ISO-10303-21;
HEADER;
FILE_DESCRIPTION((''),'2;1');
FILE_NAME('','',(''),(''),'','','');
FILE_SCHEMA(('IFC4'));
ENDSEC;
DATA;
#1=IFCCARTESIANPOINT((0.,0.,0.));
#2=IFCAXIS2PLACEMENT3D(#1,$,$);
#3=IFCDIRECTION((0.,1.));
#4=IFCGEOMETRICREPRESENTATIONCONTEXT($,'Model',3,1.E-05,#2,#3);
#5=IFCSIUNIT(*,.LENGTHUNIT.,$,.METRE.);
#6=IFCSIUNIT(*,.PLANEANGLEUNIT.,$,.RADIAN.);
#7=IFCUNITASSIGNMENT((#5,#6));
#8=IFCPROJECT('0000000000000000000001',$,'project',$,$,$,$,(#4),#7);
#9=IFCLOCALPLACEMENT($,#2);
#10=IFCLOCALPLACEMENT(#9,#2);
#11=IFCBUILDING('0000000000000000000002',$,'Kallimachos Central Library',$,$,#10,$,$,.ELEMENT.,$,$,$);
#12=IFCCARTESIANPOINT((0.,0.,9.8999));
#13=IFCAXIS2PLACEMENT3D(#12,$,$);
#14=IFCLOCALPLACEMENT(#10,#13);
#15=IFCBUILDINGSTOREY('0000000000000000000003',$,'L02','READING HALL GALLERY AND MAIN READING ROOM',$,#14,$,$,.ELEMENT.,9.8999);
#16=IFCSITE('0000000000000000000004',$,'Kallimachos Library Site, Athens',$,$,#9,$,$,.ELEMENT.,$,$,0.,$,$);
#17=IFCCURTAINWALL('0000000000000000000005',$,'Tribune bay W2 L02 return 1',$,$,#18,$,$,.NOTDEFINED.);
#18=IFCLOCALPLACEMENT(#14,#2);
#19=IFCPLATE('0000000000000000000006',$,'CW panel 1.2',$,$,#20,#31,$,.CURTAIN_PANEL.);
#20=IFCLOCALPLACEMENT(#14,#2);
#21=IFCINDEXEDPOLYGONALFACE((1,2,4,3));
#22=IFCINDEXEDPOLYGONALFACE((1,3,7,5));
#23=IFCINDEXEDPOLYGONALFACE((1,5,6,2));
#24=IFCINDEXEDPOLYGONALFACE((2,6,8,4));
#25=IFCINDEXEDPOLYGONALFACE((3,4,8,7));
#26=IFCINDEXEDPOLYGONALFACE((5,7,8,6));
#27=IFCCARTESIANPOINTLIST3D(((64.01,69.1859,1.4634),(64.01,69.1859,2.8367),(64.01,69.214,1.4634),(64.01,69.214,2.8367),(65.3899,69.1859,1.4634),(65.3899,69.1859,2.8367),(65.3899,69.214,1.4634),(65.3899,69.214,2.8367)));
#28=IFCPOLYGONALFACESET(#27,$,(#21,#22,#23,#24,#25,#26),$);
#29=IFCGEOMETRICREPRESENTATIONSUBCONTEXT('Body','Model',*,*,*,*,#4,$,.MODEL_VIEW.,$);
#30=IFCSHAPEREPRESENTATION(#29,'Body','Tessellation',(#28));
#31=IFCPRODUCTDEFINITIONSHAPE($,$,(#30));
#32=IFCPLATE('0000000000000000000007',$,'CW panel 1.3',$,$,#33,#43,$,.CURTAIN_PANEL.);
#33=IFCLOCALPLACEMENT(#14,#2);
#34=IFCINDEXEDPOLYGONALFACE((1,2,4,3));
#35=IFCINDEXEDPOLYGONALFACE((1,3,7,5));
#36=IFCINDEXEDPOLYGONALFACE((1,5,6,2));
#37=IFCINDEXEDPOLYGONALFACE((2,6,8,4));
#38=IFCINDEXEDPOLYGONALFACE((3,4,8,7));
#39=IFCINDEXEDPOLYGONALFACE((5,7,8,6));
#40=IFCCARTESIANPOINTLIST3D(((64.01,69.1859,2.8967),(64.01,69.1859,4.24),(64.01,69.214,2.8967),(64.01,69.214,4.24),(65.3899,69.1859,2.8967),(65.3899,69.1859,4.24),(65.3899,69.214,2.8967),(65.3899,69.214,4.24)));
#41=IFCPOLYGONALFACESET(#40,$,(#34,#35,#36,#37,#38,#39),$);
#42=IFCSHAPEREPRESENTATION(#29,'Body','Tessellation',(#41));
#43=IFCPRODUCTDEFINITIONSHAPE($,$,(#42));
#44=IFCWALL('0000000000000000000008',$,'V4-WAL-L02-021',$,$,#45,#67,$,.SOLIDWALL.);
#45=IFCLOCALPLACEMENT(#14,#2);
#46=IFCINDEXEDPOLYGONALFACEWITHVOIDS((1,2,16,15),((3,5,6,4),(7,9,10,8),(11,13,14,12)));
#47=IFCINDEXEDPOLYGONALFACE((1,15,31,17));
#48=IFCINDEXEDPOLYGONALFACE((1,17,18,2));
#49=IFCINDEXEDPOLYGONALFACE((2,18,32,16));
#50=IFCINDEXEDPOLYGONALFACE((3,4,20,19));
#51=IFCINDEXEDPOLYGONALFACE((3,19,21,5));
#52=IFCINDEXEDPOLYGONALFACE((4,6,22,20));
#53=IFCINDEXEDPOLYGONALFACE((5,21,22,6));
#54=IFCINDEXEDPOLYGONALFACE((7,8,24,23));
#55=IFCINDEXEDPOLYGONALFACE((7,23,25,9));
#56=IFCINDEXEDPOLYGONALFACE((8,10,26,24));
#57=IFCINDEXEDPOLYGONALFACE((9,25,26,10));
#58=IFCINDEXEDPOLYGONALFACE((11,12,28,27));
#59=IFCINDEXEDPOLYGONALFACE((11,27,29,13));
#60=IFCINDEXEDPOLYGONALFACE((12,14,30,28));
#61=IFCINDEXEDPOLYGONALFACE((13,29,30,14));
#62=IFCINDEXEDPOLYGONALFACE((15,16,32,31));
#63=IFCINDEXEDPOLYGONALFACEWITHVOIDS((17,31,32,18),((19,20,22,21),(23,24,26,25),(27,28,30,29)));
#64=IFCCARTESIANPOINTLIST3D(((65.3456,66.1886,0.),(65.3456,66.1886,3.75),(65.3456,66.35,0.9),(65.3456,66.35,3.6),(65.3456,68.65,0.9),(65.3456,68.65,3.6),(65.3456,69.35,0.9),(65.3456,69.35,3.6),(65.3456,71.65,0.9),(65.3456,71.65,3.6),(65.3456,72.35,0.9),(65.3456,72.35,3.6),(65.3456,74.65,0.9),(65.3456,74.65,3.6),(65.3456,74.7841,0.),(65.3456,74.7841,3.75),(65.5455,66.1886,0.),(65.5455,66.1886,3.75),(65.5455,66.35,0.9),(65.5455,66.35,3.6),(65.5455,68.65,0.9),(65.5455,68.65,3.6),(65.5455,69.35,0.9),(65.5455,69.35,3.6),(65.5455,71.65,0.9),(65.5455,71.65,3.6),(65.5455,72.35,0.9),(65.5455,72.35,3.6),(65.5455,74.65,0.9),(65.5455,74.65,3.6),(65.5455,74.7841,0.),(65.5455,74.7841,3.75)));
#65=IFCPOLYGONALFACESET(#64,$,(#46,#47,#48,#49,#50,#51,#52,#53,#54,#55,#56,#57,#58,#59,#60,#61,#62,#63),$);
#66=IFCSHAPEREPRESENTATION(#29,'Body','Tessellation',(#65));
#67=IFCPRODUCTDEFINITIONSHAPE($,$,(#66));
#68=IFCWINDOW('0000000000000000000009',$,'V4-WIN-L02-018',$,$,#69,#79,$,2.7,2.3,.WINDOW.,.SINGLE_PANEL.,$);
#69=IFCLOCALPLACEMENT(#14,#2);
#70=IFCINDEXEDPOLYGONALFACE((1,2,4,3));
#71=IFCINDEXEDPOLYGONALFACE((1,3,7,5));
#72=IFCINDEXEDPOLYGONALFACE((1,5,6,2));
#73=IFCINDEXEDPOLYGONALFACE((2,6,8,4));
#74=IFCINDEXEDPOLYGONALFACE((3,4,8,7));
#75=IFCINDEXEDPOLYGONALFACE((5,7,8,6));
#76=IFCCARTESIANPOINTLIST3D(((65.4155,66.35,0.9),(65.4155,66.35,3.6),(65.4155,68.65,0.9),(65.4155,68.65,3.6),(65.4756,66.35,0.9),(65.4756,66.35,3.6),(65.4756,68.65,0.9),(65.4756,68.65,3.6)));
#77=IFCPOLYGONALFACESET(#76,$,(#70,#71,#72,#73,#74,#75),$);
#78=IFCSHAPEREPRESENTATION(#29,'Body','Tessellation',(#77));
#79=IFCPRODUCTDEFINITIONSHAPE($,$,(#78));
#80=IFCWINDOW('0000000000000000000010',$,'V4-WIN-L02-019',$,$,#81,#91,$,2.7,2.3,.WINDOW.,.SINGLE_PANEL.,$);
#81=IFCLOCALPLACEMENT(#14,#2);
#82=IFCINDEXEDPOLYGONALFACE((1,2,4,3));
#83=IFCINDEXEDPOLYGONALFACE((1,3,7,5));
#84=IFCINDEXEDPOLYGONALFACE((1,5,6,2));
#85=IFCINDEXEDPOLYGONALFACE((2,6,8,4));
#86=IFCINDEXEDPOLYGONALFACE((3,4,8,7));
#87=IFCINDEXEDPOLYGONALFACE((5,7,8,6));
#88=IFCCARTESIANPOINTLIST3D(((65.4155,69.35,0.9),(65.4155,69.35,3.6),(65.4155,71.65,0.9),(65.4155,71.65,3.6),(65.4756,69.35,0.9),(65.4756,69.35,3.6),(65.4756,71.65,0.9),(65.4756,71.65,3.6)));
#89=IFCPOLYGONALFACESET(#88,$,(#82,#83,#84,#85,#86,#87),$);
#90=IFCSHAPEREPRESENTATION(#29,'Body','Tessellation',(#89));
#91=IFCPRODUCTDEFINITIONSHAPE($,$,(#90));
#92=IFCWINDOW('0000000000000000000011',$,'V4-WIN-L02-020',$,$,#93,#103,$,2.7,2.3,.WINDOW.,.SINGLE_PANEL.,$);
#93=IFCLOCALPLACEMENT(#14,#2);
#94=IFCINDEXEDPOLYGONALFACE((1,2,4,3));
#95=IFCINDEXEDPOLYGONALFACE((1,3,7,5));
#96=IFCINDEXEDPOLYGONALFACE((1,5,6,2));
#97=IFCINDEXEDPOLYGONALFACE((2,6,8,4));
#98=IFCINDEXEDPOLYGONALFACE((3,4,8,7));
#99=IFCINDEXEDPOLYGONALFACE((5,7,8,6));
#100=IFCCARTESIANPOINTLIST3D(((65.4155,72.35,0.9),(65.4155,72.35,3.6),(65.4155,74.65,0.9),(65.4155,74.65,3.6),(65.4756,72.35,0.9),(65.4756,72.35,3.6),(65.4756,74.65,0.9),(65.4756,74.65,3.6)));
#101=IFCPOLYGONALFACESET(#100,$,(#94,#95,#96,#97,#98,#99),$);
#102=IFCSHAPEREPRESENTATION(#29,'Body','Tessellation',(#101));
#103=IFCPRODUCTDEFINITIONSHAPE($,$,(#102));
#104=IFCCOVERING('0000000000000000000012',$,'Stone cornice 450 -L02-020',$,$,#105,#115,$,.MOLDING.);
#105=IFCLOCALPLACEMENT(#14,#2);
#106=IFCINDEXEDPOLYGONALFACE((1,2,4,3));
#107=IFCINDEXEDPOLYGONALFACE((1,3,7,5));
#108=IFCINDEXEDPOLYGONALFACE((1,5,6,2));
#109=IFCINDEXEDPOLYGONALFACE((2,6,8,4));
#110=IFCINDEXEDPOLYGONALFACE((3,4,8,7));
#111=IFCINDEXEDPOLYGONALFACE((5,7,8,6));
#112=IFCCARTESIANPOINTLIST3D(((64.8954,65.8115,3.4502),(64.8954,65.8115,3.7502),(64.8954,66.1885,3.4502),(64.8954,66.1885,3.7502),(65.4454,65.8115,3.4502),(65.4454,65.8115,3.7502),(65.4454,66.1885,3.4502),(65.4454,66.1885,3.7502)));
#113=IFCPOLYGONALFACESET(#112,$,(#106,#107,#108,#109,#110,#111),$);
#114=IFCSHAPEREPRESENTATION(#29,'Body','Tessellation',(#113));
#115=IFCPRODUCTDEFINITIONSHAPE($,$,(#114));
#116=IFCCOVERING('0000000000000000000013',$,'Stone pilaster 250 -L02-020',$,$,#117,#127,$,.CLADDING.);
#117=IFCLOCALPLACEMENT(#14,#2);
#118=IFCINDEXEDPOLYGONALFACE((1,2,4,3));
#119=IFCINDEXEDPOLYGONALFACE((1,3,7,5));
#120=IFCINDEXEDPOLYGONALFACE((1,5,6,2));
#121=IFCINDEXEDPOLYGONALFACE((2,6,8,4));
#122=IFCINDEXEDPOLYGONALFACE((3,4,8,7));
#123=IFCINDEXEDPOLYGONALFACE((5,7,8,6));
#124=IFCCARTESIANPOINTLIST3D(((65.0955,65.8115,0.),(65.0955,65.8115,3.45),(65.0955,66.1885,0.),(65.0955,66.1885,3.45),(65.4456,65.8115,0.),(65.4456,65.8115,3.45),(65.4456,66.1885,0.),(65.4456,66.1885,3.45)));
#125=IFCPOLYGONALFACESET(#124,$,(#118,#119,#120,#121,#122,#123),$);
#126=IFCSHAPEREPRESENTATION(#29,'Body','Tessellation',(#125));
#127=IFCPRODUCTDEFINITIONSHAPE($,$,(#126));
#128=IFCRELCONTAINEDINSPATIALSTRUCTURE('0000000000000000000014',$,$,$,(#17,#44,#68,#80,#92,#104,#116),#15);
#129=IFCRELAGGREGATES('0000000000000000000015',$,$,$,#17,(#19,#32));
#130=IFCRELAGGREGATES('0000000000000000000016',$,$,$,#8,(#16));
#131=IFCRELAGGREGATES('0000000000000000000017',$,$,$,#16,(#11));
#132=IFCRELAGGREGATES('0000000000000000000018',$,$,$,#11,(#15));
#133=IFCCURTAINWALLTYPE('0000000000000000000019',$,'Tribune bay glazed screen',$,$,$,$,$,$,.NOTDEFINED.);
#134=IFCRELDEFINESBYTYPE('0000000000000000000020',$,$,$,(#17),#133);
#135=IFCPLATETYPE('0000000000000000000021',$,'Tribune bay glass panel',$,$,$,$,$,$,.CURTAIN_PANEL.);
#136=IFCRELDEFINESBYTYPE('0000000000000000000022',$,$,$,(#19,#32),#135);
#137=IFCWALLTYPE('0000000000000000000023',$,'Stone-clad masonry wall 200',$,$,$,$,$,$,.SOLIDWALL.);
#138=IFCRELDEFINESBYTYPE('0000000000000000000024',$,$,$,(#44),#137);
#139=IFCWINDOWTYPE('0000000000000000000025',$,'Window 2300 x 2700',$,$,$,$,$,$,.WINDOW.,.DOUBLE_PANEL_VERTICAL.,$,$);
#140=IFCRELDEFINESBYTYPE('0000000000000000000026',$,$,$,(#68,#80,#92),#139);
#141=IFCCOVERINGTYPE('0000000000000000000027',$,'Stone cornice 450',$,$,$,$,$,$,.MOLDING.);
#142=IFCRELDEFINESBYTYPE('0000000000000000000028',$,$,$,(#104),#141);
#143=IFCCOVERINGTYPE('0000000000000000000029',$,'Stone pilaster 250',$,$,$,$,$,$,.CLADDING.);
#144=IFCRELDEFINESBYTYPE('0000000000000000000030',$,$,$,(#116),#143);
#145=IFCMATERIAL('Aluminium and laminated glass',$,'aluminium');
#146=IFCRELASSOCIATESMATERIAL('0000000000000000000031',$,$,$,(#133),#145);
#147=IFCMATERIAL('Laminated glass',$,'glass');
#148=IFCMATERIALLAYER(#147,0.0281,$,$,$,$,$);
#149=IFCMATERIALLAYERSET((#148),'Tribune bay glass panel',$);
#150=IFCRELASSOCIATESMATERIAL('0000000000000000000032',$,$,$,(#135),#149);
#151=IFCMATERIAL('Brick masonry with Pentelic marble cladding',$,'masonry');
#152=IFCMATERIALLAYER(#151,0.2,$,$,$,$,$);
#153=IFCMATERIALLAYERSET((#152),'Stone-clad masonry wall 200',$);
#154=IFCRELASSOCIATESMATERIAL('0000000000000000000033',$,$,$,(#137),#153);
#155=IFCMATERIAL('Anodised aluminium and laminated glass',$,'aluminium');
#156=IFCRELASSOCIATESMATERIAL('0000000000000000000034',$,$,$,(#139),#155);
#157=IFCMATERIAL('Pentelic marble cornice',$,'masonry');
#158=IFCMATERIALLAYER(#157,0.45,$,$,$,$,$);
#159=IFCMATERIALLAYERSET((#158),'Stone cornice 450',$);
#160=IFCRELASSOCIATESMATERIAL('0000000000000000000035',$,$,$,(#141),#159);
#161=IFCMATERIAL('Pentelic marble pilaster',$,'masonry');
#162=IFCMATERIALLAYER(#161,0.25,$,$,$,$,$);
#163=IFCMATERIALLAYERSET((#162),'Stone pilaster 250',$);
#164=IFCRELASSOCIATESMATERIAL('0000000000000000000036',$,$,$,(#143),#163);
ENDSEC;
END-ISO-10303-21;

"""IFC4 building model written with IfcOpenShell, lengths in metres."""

from ifc_helpers import new_model, si_unit, direction, frame, frame_2d, origin, origin_2d, place, context, subcontext, project, spatial, rectangle, extrude, material, layer, layer_set, type_object, element, fill, aggregate, save


model = new_model("IFC4")

# Units and contexts
model_context = context("Model", 3, precision=1e-05, world=origin(), true_north=direction((0.0, 1.0)))
body_context = subcontext(model_context, "Body", "Model", "MODEL_VIEW")
ifc_project = project(units=[si_unit("LENGTHUNIT", "METRE"), si_unit("PLANEANGLEUNIT", "RADIAN")], contexts=[model_context])

# Site, building, storey
site_placement = place(None, origin())
site = spatial("IfcSite", under=ifc_project, at=site_placement, Name="Kallimachos Library Site, Athens", CompositionType="ELEMENT", RefElevation=0.0)
building_placement = place(site_placement, origin())
building = spatial("IfcBuilding", under=site, at=building_placement, Name="Kallimachos Central Library", CompositionType="ELEMENT")
storey_placement = place(building_placement, frame((0.0, 0.0, 9.8999)))
storey = spatial("IfcBuildingStorey", under=building, at=storey_placement, Name="L02", Description="READING HALL GALLERY AND MAIN READING ROOM", CompositionType="ELEMENT", Elevation=9.8999)

# Shared definitions
ifc_material_1 = material(Name="Aluminium and laminated glass", Category="aluminium")
curtain_wall_type = type_object("IfcCurtainWallType", Name="Tribune bay glazed screen", PredefinedType="NOTDEFINED", material=ifc_material_1)

# Curtain wall
curtain_wall_1_placement = place(storey_placement, origin())
curtain_wall_1 = element("IfcCurtainWall", 1, at=curtain_wall_1_placement, inside=storey, type_object=curtain_wall_type, Name="Tribune bay W2 L02 return 1", PredefinedType="NOTDEFINED")

# Plates
ifc_material_2 = material(Name="Laminated glass", Category="glass")
ifc_layer_1 = layer(ifc_material_2, 0.0281)
ifc_layer_set_1 = layer_set([ifc_layer_1], Name="Tribune bay glass panel")
plate_type = type_object("IfcPlateType", Name="Tribune bay glass panel", PredefinedType="CURTAIN_PANEL", material=ifc_layer_set_1)
plate_1_placement = place(storey_placement, frame((64.7, 69.2, 1.4634), z_axis=(0.0, 0.0, 1.0), x_axis=(-1.0, 0.0, 0.0)))
plate_1 = element("IfcPlate", 2, at=plate_1_placement, type_object=plate_type, Name="CW panel 1.2", PredefinedType="CURTAIN_PANEL", context=body_context, shape_type="SweptSolid", body=[
    extrude(rectangle(XDim=1.3799, YDim=0.0281, at=origin_2d()), origin(), (0.0, 0.0, 1.0), 1.3733),
])
plate_2_placement = place(storey_placement, frame((64.7, 69.2, 2.8967), z_axis=(0.0, 0.0, 1.0), x_axis=(-1.0, 0.0, 0.0)))
plate_2 = element("IfcPlate", 3, at=plate_2_placement, type_object=plate_type, Name="CW panel 1.3", PredefinedType="CURTAIN_PANEL", context=body_context, shape_type="SweptSolid", body=[
    extrude(rectangle(XDim=1.3799, YDim=0.0281, at=origin_2d()), origin(), (0.0, 0.0, 1.0), 1.3433),
])
aggregate(curtain_wall_1, [plate_1, plate_2])

# Wall, openings, windows
ifc_material_3 = material(Name="Brick masonry with Pentelic marble cladding", Category="masonry")
ifc_layer_2 = layer(ifc_material_3, 0.2)
ifc_layer_set_2 = layer_set([ifc_layer_2], Name="Stone-clad masonry wall 200")
wall_type = type_object("IfcWallType", Name="Stone-clad masonry wall 200", PredefinedType="SOLIDWALL", material=ifc_layer_set_2)
wall_placement = place(storey_placement, frame((65.4456, 66.1885, 0.0), z_axis=(0.0, 0.0, 1.0), x_axis=(0.0, 1.0, 0.0)))
wall = element("IfcWall", 4, at=wall_placement, inside=storey, type_object=wall_type, Name="V4-WAL-L02-021", PredefinedType="SOLIDWALL", context=body_context, shape_type="SweptSolid", body=[
    extrude(rectangle(XDim=8.5955, YDim=0.2, at=frame_2d((4.2979, 0.0))), origin(), (0.0, 0.0, 1.0), 3.75),
])
opening_1_placement = place(wall_placement, frame((0.1616, 0.0, 0.8999)))
opening_1 = element("IfcOpeningElement", 5, at=opening_1_placement, cuts=wall, PredefinedType="OPENING", context=body_context, shape_type="SweptSolid", body=[
    extrude(rectangle(XDim=2.3, YDim=2.7, at=frame_2d((1.1499, 1.3501))), frame((0.0, 0.1099, 0.0), z_axis=(0.0, -1.0, 0.0), x_axis=(1.0, 0.0, 0.0)), (0.0, 0.0, 1.0), 0.22),
])
opening_2_placement = place(wall_placement, frame((3.1616, 0.0, 0.8999)))
opening_2 = element("IfcOpeningElement", 6, at=opening_2_placement, cuts=wall, PredefinedType="OPENING", context=body_context, shape_type="SweptSolid", body=[
    extrude(rectangle(XDim=2.3, YDim=2.7, at=frame_2d((1.1499, 1.3501))), frame((0.0, 0.1099, 0.0), z_axis=(0.0, -1.0, 0.0), x_axis=(1.0, 0.0, 0.0)), (0.0, 0.0, 1.0), 0.22),
])
opening_3_placement = place(wall_placement, frame((6.1616, 0.0, 0.8999)))
opening_3 = element("IfcOpeningElement", 7, at=opening_3_placement, cuts=wall, PredefinedType="OPENING", context=body_context, shape_type="SweptSolid", body=[
    extrude(rectangle(XDim=2.3, YDim=2.7, at=frame_2d((1.1499, 1.3501))), frame((0.0, 0.1099, 0.0), z_axis=(0.0, -1.0, 0.0), x_axis=(1.0, 0.0, 0.0)), (0.0, 0.0, 1.0), 0.22),
])
ifc_material_4 = material(Name="Anodised aluminium and laminated glass", Category="aluminium")
window_type = type_object("IfcWindowType", Name="Window 2300 x 2700", PartitioningType="DOUBLE_PANEL_VERTICAL", PredefinedType="WINDOW", material=ifc_material_4)
window_1_placement = place(opening_1_placement, origin())
window_1 = element("IfcWindow", 8, at=window_1_placement, inside=storey, type_object=window_type, Name="V4-WIN-L02-018", OverallHeight=2.7, OverallWidth=2.3, PartitioningType="SINGLE_PANEL", PredefinedType="WINDOW", context=body_context, shape_type="SweptSolid", body=[
    extrude(rectangle(XDim=2.3, YDim=2.7, at=frame_2d((1.1499, 1.3501))), frame((0.0, 0.03, 0.0), z_axis=(0.0, -1.0, 0.0), x_axis=(1.0, 0.0, 0.0)), (0.0, 0.0, 1.0), 0.0601),
])
fill(opening_1, window_1)
window_2_placement = place(opening_2_placement, origin())
window_2 = element("IfcWindow", 9, at=window_2_placement, inside=storey, type_object=window_type, Name="V4-WIN-L02-019", OverallHeight=2.7, OverallWidth=2.3, PartitioningType="SINGLE_PANEL", PredefinedType="WINDOW", context=body_context, shape_type="SweptSolid", body=[
    extrude(rectangle(XDim=2.3, YDim=2.7, at=frame_2d((1.1499, 1.3501))), frame((0.0, 0.03, 0.0), z_axis=(0.0, -1.0, 0.0), x_axis=(1.0, 0.0, 0.0)), (0.0, 0.0, 1.0), 0.0601),
])
fill(opening_2, window_2)
window_3_placement = place(opening_3_placement, origin())
window_3 = element("IfcWindow", 10, at=window_3_placement, inside=storey, type_object=window_type, Name="V4-WIN-L02-020", OverallHeight=2.7, OverallWidth=2.3, PartitioningType="SINGLE_PANEL", PredefinedType="WINDOW", context=body_context, shape_type="SweptSolid", body=[
    extrude(rectangle(XDim=2.3, YDim=2.7, at=frame_2d((1.1499, 1.3501))), frame((0.0, 0.03, 0.0), z_axis=(0.0, -1.0, 0.0), x_axis=(1.0, 0.0, 0.0)), (0.0, 0.0, 1.0), 0.0601),
])
fill(opening_3, window_3)

# Coverings
ifc_material_5 = material(Name="Pentelic marble cornice", Category="masonry")
ifc_layer_3 = layer(ifc_material_5, 0.45)
ifc_layer_set_3 = layer_set([ifc_layer_3], Name="Stone cornice 450")
covering_type_1 = type_object("IfcCoveringType", Name="Stone cornice 450", PredefinedType="MOLDING", material=ifc_layer_set_3)
covering_1_placement = place(storey_placement, frame((65.1704, 66.0, 3.4502), z_axis=(0.0, 0.0, 1.0), x_axis=(1.0, 0.0, 0.0)))
element("IfcCovering", 11, at=covering_1_placement, inside=storey, type_object=covering_type_1, Name="Stone cornice 450 -L02-020", PredefinedType="MOLDING", context=body_context, shape_type="SweptSolid", body=[
    extrude(rectangle(XDim=0.55, YDim=0.377, at=origin_2d()), origin(), (0.0, 0.0, 1.0), 0.3),
])
ifc_material_6 = material(Name="Pentelic marble pilaster", Category="masonry")
ifc_layer_4 = layer(ifc_material_6, 0.25)
ifc_layer_set_4 = layer_set([ifc_layer_4], Name="Stone pilaster 250")
covering_type_2 = type_object("IfcCoveringType", Name="Stone pilaster 250", PredefinedType="CLADDING", material=ifc_layer_set_4)
covering_2_placement = place(storey_placement, frame((65.2705, 66.0, 0.0), z_axis=(0.0, 0.0, 1.0), x_axis=(1.0, 0.0, 0.0)))
element("IfcCovering", 12, at=covering_2_placement, inside=storey, type_object=covering_type_2, Name="Stone pilaster 250 -L02-020", PredefinedType="CLADDING", context=body_context, shape_type="SweptSolid", body=[
    extrude(rectangle(XDim=0.3501, YDim=0.377, at=origin_2d()), origin(), (0.0, 0.0, 1.0), 3.45),
])

save(model, "model.ifc")
